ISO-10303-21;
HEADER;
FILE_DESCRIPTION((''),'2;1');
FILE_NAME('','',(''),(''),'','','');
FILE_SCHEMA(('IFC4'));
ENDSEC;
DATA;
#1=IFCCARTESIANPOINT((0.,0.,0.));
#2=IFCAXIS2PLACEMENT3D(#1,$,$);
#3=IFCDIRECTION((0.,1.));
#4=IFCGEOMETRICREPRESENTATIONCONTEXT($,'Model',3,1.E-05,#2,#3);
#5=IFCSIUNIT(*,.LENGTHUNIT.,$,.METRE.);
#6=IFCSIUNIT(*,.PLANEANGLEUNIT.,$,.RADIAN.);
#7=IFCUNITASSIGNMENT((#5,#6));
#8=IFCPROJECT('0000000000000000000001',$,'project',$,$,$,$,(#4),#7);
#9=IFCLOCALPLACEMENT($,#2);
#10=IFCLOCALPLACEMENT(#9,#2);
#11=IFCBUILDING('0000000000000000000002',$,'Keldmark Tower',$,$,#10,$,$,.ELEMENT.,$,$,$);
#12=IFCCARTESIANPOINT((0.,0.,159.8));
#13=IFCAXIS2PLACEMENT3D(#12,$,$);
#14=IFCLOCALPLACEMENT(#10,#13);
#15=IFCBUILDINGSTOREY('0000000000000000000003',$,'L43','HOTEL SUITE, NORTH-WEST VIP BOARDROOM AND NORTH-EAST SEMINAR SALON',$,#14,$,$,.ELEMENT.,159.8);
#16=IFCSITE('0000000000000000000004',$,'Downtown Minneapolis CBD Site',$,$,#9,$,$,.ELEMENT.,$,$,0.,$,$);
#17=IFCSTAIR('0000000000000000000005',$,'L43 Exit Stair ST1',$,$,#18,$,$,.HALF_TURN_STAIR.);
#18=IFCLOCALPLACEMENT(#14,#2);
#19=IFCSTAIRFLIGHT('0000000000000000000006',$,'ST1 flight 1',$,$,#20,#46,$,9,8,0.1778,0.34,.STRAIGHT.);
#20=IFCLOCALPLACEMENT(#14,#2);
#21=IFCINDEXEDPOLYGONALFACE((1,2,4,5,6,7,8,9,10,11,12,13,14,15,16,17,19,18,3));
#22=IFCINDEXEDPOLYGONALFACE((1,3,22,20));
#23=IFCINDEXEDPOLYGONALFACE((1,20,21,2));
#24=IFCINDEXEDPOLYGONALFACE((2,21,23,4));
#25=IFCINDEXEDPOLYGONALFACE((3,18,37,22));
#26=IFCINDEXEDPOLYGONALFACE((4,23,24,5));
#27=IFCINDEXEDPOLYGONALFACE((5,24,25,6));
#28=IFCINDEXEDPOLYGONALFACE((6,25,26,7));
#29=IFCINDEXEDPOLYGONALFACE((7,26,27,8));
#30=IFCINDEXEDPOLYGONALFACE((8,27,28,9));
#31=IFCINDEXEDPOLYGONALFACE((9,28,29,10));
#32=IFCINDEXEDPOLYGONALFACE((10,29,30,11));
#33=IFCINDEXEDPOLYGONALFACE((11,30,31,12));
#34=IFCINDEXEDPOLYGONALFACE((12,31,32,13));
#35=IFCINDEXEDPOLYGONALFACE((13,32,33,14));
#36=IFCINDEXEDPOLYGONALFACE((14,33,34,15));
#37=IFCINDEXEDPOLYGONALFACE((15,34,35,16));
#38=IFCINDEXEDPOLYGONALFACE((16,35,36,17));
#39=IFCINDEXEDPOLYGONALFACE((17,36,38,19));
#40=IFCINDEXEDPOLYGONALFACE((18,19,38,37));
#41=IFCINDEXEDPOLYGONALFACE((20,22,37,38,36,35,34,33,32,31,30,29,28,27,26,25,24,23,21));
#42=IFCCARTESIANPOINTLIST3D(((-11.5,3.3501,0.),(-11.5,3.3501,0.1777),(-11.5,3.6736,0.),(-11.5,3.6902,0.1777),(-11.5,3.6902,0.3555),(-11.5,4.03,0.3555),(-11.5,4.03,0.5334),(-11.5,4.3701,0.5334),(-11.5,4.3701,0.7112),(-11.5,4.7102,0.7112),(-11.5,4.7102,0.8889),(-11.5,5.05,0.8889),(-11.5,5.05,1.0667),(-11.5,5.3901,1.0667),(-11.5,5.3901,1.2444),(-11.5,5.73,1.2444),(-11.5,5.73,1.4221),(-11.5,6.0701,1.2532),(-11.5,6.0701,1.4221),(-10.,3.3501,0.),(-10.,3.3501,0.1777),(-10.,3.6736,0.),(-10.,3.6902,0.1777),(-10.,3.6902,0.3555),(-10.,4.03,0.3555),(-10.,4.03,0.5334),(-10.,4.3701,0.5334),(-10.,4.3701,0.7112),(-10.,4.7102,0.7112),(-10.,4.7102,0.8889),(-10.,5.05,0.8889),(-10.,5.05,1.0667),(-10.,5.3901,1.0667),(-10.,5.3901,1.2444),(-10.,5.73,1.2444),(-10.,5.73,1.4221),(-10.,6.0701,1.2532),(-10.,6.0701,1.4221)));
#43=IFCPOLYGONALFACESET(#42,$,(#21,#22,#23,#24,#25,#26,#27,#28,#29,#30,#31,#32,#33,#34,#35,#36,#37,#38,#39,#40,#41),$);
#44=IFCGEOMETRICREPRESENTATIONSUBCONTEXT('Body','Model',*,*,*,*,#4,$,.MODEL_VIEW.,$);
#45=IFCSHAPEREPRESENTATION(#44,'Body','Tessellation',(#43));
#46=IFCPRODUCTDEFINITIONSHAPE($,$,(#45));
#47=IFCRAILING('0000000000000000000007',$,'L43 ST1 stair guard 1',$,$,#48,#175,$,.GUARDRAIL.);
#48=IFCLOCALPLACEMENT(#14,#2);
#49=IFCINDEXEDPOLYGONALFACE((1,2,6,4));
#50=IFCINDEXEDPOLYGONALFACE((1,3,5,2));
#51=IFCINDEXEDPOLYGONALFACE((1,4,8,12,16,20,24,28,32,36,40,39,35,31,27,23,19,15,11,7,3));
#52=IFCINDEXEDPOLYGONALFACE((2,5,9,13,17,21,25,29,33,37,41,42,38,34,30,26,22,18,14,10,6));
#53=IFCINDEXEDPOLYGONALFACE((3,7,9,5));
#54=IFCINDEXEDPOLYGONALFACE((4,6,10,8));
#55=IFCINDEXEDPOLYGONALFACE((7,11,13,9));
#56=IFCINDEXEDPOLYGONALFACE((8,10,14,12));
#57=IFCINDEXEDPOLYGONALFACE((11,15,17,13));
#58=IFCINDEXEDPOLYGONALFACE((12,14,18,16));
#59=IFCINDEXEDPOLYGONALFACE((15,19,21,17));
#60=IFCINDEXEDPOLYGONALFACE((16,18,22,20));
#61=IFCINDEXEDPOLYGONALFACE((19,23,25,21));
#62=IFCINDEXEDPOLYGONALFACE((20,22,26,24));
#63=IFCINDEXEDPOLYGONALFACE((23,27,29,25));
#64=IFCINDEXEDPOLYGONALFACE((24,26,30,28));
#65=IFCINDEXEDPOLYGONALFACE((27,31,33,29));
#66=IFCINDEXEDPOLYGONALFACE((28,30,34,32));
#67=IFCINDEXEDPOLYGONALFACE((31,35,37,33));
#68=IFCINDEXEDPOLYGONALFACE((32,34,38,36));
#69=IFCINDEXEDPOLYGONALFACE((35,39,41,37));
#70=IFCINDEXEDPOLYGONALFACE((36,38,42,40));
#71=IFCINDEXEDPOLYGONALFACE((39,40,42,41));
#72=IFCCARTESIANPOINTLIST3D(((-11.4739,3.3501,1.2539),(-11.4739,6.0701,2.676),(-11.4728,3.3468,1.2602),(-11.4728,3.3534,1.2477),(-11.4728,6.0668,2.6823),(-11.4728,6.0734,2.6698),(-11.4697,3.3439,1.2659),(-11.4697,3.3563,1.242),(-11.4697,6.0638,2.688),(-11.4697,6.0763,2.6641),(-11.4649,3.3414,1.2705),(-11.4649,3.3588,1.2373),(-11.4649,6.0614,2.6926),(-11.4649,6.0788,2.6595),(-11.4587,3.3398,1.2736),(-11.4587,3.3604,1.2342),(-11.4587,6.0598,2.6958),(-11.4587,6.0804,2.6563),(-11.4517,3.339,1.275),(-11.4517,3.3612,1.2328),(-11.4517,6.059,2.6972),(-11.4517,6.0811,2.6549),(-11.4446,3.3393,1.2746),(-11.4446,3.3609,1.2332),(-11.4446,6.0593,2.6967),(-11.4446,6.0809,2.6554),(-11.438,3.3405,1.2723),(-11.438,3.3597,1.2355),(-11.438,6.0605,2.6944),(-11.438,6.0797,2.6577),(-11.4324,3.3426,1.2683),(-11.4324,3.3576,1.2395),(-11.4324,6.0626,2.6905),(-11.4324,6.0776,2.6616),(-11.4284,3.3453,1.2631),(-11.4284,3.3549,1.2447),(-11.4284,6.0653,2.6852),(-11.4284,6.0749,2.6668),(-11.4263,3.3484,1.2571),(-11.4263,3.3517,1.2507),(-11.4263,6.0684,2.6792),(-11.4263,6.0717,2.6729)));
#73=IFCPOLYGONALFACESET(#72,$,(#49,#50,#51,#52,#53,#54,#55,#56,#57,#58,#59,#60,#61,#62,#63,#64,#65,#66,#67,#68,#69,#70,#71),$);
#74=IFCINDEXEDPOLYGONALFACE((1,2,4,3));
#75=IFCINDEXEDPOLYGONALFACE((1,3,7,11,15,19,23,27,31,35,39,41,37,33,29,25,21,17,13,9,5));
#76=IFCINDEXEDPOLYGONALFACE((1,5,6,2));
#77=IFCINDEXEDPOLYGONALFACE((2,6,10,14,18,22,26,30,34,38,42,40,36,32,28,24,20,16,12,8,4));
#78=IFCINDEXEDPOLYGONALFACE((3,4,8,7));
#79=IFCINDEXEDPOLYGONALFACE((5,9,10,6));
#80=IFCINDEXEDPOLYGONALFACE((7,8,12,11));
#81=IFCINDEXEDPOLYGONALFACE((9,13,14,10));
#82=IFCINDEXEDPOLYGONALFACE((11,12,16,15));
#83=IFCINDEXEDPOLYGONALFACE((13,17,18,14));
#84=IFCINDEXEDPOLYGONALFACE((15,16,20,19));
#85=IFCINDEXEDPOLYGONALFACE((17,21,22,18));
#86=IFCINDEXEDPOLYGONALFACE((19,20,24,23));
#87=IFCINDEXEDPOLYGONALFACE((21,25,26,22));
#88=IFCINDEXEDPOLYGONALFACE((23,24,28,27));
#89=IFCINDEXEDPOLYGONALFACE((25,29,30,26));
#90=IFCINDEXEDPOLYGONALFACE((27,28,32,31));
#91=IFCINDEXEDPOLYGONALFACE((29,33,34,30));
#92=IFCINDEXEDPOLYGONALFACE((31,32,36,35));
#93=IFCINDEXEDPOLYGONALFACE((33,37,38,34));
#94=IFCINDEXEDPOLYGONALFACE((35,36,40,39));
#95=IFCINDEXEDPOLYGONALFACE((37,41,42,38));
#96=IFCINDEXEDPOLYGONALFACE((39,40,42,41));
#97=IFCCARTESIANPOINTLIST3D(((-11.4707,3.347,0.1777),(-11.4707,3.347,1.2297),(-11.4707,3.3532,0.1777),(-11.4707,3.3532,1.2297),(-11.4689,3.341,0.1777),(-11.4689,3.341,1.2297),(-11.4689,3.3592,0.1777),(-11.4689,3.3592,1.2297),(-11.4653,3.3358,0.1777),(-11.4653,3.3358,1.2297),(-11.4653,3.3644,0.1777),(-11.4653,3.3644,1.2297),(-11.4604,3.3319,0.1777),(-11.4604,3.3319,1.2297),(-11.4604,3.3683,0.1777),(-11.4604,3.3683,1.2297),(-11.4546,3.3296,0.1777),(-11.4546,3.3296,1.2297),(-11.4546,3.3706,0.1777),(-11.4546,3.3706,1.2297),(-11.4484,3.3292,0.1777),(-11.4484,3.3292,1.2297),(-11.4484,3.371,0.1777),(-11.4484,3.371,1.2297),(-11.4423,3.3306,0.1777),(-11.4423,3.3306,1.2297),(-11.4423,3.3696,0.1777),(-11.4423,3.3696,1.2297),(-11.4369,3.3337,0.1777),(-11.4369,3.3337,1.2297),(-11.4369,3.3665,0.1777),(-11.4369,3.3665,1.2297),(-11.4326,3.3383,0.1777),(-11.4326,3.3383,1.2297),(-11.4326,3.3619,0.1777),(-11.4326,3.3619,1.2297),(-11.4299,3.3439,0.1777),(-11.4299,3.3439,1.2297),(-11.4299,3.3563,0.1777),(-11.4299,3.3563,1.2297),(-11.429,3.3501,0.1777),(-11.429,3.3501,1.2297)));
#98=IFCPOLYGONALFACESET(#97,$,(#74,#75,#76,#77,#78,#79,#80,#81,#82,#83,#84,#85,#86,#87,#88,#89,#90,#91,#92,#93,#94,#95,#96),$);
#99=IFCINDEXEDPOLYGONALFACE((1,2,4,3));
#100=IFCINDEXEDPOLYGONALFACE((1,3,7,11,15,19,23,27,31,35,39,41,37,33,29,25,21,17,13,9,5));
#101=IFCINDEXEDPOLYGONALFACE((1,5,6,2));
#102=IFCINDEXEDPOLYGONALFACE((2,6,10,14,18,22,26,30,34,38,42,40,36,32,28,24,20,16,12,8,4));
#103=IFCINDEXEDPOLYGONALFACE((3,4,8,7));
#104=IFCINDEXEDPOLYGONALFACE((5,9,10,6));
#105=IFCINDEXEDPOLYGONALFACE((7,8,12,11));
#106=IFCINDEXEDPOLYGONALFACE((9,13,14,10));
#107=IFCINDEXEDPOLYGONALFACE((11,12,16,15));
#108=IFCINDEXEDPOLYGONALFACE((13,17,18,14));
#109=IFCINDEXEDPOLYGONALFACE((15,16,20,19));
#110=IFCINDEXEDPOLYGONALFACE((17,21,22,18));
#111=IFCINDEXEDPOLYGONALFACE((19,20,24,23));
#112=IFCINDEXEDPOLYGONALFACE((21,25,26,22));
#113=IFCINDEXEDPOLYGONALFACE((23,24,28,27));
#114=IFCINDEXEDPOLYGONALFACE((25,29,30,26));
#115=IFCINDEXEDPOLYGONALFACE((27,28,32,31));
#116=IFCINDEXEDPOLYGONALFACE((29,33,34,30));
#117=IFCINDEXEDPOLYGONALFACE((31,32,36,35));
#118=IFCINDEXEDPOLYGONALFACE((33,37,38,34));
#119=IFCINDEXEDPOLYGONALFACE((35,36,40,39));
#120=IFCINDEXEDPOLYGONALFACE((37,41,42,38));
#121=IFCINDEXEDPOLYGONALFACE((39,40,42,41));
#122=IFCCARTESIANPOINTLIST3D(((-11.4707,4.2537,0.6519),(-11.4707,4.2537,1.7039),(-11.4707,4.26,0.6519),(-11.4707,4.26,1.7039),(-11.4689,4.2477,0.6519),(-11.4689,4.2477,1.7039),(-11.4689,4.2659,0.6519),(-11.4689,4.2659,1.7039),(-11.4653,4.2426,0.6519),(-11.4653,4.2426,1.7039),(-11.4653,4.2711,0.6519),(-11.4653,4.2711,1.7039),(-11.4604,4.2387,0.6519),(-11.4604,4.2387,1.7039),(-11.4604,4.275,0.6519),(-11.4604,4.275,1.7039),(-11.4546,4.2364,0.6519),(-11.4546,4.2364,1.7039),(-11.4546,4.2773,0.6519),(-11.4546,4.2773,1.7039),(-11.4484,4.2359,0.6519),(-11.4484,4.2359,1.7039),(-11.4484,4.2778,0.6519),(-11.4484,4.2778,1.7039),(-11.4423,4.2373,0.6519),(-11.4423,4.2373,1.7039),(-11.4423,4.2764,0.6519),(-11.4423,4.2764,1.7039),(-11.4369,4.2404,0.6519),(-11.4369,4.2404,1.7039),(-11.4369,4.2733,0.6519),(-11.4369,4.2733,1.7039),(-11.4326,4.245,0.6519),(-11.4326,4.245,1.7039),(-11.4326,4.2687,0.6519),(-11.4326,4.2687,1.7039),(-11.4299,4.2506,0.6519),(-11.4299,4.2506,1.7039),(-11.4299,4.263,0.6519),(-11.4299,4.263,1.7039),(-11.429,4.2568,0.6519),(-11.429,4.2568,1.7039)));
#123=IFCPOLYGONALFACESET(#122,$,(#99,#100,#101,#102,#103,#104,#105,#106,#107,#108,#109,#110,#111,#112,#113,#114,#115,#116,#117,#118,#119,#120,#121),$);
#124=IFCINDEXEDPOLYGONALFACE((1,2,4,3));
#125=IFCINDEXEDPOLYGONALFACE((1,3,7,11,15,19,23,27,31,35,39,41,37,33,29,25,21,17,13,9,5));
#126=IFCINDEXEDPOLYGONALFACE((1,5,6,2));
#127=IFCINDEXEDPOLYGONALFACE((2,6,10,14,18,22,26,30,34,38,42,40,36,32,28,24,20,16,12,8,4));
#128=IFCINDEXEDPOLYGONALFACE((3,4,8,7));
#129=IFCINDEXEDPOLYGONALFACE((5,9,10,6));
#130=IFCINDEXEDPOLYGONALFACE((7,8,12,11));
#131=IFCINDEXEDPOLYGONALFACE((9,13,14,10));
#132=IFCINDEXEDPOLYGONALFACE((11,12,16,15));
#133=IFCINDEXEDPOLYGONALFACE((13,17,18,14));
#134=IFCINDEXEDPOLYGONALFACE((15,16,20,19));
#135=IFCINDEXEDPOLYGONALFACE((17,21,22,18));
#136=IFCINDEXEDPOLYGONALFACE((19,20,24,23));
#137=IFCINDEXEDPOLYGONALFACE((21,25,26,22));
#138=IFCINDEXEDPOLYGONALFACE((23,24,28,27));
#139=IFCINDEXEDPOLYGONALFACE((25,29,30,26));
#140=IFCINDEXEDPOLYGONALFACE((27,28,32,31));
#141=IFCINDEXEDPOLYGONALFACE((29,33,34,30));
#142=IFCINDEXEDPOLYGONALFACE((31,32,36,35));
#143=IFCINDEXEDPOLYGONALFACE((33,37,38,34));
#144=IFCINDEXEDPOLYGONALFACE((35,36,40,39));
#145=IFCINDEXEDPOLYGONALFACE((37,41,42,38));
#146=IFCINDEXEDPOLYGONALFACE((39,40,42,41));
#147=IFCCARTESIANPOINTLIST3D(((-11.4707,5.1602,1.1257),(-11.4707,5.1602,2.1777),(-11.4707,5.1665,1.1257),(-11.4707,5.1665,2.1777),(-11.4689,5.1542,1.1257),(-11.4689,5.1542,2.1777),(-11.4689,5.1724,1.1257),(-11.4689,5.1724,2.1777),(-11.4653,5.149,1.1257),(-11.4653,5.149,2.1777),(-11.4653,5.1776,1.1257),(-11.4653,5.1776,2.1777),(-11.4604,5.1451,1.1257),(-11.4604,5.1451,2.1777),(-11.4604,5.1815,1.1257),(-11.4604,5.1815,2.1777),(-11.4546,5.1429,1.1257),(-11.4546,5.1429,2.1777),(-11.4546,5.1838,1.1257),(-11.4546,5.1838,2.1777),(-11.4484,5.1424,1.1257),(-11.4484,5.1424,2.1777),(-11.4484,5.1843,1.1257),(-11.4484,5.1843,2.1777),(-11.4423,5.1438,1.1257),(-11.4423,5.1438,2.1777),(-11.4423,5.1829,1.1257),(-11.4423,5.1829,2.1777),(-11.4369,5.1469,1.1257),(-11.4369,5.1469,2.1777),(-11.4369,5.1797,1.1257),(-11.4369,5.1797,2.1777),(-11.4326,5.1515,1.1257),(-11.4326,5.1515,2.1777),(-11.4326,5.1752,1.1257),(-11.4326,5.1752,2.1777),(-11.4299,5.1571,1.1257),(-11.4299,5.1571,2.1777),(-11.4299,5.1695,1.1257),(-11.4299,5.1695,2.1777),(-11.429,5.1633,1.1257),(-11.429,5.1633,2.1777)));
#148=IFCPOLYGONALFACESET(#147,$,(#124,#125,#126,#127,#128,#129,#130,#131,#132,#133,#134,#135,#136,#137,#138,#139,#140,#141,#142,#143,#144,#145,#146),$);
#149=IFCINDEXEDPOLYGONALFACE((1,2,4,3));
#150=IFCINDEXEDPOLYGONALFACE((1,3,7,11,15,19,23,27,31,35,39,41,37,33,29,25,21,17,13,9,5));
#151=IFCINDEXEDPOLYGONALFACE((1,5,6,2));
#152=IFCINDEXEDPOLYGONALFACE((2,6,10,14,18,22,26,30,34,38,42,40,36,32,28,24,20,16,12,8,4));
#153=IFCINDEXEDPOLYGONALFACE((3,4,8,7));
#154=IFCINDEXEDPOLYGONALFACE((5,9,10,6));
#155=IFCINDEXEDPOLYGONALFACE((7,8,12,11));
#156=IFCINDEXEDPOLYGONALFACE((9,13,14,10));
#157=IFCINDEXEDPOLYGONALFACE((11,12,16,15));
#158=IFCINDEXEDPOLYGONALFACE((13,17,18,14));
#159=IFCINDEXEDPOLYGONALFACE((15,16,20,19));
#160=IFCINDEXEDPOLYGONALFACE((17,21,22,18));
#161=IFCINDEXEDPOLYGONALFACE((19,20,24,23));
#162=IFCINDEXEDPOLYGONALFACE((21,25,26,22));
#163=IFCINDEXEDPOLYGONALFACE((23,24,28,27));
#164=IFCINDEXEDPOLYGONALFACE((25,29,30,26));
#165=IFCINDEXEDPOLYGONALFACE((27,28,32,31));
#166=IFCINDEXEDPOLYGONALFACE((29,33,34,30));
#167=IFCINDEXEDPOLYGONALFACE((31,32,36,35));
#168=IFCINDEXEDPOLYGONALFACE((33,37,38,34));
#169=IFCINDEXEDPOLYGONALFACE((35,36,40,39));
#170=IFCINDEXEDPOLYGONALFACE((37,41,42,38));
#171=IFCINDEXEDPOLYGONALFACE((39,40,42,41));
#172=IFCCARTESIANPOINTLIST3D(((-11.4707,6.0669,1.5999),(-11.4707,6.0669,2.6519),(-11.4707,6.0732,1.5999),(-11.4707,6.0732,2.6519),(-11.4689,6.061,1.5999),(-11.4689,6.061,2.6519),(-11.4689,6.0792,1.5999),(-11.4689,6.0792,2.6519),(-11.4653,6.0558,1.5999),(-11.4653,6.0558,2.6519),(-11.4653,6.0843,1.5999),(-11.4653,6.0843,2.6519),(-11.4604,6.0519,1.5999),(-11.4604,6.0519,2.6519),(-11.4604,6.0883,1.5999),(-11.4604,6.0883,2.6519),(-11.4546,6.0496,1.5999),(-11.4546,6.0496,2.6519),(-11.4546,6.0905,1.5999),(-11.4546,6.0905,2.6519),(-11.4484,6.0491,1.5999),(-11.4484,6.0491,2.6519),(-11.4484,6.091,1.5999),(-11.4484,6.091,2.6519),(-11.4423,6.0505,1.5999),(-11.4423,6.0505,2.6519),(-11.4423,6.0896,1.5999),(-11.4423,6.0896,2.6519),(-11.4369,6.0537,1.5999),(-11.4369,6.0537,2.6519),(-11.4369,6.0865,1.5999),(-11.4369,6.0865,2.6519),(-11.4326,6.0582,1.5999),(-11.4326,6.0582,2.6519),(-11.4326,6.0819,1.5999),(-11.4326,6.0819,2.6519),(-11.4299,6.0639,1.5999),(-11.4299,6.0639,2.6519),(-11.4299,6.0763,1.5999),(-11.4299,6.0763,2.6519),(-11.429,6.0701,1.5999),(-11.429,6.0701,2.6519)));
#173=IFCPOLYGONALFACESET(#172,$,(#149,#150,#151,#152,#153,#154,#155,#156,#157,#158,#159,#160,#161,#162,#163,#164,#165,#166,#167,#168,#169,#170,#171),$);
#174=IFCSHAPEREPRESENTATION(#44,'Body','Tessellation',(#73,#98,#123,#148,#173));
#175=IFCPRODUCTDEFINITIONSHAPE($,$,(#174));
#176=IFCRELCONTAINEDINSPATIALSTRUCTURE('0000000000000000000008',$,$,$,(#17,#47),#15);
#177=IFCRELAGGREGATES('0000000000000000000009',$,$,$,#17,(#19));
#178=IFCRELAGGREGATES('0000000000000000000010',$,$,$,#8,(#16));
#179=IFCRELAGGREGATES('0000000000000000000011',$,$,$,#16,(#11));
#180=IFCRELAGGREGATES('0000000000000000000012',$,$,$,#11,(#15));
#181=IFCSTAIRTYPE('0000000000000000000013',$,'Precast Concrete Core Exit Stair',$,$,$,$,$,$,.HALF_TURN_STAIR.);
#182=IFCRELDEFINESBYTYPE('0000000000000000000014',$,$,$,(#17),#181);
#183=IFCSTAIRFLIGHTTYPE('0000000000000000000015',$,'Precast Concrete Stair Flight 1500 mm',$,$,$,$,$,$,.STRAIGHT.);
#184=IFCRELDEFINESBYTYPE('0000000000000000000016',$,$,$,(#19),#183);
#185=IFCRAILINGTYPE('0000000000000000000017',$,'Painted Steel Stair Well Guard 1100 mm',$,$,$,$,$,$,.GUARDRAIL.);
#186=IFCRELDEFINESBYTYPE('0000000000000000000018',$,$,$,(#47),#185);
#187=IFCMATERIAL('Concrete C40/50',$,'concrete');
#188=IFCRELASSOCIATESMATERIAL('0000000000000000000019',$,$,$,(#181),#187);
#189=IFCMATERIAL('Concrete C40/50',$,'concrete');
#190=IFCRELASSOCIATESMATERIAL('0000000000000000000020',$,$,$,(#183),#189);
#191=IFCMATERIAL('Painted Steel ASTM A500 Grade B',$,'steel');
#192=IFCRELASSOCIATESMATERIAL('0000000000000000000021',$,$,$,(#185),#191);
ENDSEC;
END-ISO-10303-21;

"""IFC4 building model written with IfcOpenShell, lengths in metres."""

from ifc_helpers import new_model, si_unit, direction, frame, origin, origin_2d, place, context, subcontext, project, spatial, polyline, circle, outline, extrude, material, type_object, element, aggregate, save


model = new_model("IFC4")

# Units and contexts
model_context = context("Model", 3, precision=1e-05, world=origin(), true_north=direction((0.0, 1.0)))
body_context = subcontext(model_context, "Body", "Model", "MODEL_VIEW")
ifc_project = project(units=[si_unit("LENGTHUNIT", "METRE"), si_unit("PLANEANGLEUNIT", "RADIAN")], contexts=[model_context])

# Site, building, storey
site_placement = place(None, origin())
site = spatial("IfcSite", under=ifc_project, at=site_placement, Name="Downtown Minneapolis CBD Site", CompositionType="ELEMENT", RefElevation=0.0)
building_placement = place(site_placement, origin())
building = spatial("IfcBuilding", under=site, at=building_placement, Name="Keldmark Tower", CompositionType="ELEMENT")
storey_placement = place(building_placement, frame((0.0, 0.0, 159.8)))
storey = spatial("IfcBuildingStorey", under=building, at=storey_placement, Name="L43", Description="HOTEL SUITE, NORTH-WEST VIP BOARDROOM AND NORTH-EAST SEMINAR SALON", CompositionType="ELEMENT", Elevation=159.8)

# Stair, stair flight
ifc_material_1 = material(Name="Concrete C40/50", Category="concrete")
stair_type = type_object("IfcStairType", Name="Precast Concrete Core Exit Stair", PredefinedType="HALF_TURN_STAIR", material=ifc_material_1)
stair_placement = place(storey_placement, origin())
stair = element("IfcStair", 1, at=stair_placement, inside=storey, type_object=stair_type, Name="L43 Exit Stair ST1", PredefinedType="HALF_TURN_STAIR")
ifc_material_2 = material(Name="Concrete C40/50", Category="concrete")
stair_flight_type = type_object("IfcStairFlightType", Name="Precast Concrete Stair Flight 1500 mm", PredefinedType="STRAIGHT", material=ifc_material_2)
stair_flight_placement = place(storey_placement, frame((-10.75, 3.3501, 0.0), z_axis=(0.0, 0.0, 1.0), x_axis=(0.0, 1.0, 0.0)))
stair_flight = element("IfcStairFlight", 2, at=stair_flight_placement, type_object=stair_flight_type, Name="ST1 flight 1", NumberOfRisers=9, NumberOfTreads=8, PredefinedType="STRAIGHT", RiserHeight=0.1778, TreadLength=0.34, context=body_context, shape_type="SweptSolid", body=[
    extrude(outline(polyline([(0.0, 0.0), (0.0, 0.1777), (0.3401, 0.1777), (0.3401, 0.3555), (0.6799, 0.3555), (0.6799, 0.5334), (1.02, 0.5334), (1.02, 0.7112), (1.3601, 0.7112), (1.3601, 0.8889), (1.7, 0.8889), (1.7, 1.0667), (2.04, 1.0667), (2.04, 1.2444), (2.3799, 1.2444), (2.3799, 1.4221), (2.72, 1.4221), (2.72, 1.6001), (2.72, 1.2532), (0.3235, 0.0), (0.0, 0.0)])), frame((0.0, 0.75, 0.0), z_axis=(0.0, -1.0, 0.0), x_axis=(1.0, 0.0, 0.0)), (0.0, 0.0, 1.0), 1.5),
])
aggregate(stair, [stair_flight])

# Railing
ifc_material_3 = material(Name="Painted Steel ASTM A500 Grade B", Category="steel")
railing_type_1 = type_object("IfcRailingType", Name="Painted Steel Stair Well Guard 1100 mm", PredefinedType="GUARDRAIL", material=ifc_material_3)
railing_1_placement = place(storey_placement, frame((-11.45, 3.3501, 0.1777)))
element("IfcRailing", 3, at=railing_1_placement, inside=storey, type_object=railing_type_1, Name="L43 ST1 stair guard 1", PredefinedType="GUARDRAIL", context=body_context, shape_type="SweptSolid", body=[
    extrude(circle(Radius=0.0239, at=origin_2d()), frame((0.0, 0.0, 1.0762), z_axis=(0.0, 0.886183, 0.463335), x_axis=(-1.0, 0.0, 0.0)), (0.0, 0.0, 1.0), 3.0693),
    extrude(circle(Radius=0.021, at=origin_2d()), origin(), (0.0, 0.0, 1.0), 1.052),
    extrude(circle(Radius=0.021, at=origin_2d()), frame((0.0, 0.9067, 0.4741)), (0.0, 0.0, 1.0), 1.052),
    extrude(circle(Radius=0.021, at=origin_2d()), frame((0.0, 1.8132, 0.948)), (0.0, 0.0, 1.0), 1.052),
    extrude(circle(Radius=0.021, at=origin_2d()), frame((0.0, 2.72, 1.4221)), (0.0, 0.0, 1.0), 1.052),
])

save(model, "model.ifc")
